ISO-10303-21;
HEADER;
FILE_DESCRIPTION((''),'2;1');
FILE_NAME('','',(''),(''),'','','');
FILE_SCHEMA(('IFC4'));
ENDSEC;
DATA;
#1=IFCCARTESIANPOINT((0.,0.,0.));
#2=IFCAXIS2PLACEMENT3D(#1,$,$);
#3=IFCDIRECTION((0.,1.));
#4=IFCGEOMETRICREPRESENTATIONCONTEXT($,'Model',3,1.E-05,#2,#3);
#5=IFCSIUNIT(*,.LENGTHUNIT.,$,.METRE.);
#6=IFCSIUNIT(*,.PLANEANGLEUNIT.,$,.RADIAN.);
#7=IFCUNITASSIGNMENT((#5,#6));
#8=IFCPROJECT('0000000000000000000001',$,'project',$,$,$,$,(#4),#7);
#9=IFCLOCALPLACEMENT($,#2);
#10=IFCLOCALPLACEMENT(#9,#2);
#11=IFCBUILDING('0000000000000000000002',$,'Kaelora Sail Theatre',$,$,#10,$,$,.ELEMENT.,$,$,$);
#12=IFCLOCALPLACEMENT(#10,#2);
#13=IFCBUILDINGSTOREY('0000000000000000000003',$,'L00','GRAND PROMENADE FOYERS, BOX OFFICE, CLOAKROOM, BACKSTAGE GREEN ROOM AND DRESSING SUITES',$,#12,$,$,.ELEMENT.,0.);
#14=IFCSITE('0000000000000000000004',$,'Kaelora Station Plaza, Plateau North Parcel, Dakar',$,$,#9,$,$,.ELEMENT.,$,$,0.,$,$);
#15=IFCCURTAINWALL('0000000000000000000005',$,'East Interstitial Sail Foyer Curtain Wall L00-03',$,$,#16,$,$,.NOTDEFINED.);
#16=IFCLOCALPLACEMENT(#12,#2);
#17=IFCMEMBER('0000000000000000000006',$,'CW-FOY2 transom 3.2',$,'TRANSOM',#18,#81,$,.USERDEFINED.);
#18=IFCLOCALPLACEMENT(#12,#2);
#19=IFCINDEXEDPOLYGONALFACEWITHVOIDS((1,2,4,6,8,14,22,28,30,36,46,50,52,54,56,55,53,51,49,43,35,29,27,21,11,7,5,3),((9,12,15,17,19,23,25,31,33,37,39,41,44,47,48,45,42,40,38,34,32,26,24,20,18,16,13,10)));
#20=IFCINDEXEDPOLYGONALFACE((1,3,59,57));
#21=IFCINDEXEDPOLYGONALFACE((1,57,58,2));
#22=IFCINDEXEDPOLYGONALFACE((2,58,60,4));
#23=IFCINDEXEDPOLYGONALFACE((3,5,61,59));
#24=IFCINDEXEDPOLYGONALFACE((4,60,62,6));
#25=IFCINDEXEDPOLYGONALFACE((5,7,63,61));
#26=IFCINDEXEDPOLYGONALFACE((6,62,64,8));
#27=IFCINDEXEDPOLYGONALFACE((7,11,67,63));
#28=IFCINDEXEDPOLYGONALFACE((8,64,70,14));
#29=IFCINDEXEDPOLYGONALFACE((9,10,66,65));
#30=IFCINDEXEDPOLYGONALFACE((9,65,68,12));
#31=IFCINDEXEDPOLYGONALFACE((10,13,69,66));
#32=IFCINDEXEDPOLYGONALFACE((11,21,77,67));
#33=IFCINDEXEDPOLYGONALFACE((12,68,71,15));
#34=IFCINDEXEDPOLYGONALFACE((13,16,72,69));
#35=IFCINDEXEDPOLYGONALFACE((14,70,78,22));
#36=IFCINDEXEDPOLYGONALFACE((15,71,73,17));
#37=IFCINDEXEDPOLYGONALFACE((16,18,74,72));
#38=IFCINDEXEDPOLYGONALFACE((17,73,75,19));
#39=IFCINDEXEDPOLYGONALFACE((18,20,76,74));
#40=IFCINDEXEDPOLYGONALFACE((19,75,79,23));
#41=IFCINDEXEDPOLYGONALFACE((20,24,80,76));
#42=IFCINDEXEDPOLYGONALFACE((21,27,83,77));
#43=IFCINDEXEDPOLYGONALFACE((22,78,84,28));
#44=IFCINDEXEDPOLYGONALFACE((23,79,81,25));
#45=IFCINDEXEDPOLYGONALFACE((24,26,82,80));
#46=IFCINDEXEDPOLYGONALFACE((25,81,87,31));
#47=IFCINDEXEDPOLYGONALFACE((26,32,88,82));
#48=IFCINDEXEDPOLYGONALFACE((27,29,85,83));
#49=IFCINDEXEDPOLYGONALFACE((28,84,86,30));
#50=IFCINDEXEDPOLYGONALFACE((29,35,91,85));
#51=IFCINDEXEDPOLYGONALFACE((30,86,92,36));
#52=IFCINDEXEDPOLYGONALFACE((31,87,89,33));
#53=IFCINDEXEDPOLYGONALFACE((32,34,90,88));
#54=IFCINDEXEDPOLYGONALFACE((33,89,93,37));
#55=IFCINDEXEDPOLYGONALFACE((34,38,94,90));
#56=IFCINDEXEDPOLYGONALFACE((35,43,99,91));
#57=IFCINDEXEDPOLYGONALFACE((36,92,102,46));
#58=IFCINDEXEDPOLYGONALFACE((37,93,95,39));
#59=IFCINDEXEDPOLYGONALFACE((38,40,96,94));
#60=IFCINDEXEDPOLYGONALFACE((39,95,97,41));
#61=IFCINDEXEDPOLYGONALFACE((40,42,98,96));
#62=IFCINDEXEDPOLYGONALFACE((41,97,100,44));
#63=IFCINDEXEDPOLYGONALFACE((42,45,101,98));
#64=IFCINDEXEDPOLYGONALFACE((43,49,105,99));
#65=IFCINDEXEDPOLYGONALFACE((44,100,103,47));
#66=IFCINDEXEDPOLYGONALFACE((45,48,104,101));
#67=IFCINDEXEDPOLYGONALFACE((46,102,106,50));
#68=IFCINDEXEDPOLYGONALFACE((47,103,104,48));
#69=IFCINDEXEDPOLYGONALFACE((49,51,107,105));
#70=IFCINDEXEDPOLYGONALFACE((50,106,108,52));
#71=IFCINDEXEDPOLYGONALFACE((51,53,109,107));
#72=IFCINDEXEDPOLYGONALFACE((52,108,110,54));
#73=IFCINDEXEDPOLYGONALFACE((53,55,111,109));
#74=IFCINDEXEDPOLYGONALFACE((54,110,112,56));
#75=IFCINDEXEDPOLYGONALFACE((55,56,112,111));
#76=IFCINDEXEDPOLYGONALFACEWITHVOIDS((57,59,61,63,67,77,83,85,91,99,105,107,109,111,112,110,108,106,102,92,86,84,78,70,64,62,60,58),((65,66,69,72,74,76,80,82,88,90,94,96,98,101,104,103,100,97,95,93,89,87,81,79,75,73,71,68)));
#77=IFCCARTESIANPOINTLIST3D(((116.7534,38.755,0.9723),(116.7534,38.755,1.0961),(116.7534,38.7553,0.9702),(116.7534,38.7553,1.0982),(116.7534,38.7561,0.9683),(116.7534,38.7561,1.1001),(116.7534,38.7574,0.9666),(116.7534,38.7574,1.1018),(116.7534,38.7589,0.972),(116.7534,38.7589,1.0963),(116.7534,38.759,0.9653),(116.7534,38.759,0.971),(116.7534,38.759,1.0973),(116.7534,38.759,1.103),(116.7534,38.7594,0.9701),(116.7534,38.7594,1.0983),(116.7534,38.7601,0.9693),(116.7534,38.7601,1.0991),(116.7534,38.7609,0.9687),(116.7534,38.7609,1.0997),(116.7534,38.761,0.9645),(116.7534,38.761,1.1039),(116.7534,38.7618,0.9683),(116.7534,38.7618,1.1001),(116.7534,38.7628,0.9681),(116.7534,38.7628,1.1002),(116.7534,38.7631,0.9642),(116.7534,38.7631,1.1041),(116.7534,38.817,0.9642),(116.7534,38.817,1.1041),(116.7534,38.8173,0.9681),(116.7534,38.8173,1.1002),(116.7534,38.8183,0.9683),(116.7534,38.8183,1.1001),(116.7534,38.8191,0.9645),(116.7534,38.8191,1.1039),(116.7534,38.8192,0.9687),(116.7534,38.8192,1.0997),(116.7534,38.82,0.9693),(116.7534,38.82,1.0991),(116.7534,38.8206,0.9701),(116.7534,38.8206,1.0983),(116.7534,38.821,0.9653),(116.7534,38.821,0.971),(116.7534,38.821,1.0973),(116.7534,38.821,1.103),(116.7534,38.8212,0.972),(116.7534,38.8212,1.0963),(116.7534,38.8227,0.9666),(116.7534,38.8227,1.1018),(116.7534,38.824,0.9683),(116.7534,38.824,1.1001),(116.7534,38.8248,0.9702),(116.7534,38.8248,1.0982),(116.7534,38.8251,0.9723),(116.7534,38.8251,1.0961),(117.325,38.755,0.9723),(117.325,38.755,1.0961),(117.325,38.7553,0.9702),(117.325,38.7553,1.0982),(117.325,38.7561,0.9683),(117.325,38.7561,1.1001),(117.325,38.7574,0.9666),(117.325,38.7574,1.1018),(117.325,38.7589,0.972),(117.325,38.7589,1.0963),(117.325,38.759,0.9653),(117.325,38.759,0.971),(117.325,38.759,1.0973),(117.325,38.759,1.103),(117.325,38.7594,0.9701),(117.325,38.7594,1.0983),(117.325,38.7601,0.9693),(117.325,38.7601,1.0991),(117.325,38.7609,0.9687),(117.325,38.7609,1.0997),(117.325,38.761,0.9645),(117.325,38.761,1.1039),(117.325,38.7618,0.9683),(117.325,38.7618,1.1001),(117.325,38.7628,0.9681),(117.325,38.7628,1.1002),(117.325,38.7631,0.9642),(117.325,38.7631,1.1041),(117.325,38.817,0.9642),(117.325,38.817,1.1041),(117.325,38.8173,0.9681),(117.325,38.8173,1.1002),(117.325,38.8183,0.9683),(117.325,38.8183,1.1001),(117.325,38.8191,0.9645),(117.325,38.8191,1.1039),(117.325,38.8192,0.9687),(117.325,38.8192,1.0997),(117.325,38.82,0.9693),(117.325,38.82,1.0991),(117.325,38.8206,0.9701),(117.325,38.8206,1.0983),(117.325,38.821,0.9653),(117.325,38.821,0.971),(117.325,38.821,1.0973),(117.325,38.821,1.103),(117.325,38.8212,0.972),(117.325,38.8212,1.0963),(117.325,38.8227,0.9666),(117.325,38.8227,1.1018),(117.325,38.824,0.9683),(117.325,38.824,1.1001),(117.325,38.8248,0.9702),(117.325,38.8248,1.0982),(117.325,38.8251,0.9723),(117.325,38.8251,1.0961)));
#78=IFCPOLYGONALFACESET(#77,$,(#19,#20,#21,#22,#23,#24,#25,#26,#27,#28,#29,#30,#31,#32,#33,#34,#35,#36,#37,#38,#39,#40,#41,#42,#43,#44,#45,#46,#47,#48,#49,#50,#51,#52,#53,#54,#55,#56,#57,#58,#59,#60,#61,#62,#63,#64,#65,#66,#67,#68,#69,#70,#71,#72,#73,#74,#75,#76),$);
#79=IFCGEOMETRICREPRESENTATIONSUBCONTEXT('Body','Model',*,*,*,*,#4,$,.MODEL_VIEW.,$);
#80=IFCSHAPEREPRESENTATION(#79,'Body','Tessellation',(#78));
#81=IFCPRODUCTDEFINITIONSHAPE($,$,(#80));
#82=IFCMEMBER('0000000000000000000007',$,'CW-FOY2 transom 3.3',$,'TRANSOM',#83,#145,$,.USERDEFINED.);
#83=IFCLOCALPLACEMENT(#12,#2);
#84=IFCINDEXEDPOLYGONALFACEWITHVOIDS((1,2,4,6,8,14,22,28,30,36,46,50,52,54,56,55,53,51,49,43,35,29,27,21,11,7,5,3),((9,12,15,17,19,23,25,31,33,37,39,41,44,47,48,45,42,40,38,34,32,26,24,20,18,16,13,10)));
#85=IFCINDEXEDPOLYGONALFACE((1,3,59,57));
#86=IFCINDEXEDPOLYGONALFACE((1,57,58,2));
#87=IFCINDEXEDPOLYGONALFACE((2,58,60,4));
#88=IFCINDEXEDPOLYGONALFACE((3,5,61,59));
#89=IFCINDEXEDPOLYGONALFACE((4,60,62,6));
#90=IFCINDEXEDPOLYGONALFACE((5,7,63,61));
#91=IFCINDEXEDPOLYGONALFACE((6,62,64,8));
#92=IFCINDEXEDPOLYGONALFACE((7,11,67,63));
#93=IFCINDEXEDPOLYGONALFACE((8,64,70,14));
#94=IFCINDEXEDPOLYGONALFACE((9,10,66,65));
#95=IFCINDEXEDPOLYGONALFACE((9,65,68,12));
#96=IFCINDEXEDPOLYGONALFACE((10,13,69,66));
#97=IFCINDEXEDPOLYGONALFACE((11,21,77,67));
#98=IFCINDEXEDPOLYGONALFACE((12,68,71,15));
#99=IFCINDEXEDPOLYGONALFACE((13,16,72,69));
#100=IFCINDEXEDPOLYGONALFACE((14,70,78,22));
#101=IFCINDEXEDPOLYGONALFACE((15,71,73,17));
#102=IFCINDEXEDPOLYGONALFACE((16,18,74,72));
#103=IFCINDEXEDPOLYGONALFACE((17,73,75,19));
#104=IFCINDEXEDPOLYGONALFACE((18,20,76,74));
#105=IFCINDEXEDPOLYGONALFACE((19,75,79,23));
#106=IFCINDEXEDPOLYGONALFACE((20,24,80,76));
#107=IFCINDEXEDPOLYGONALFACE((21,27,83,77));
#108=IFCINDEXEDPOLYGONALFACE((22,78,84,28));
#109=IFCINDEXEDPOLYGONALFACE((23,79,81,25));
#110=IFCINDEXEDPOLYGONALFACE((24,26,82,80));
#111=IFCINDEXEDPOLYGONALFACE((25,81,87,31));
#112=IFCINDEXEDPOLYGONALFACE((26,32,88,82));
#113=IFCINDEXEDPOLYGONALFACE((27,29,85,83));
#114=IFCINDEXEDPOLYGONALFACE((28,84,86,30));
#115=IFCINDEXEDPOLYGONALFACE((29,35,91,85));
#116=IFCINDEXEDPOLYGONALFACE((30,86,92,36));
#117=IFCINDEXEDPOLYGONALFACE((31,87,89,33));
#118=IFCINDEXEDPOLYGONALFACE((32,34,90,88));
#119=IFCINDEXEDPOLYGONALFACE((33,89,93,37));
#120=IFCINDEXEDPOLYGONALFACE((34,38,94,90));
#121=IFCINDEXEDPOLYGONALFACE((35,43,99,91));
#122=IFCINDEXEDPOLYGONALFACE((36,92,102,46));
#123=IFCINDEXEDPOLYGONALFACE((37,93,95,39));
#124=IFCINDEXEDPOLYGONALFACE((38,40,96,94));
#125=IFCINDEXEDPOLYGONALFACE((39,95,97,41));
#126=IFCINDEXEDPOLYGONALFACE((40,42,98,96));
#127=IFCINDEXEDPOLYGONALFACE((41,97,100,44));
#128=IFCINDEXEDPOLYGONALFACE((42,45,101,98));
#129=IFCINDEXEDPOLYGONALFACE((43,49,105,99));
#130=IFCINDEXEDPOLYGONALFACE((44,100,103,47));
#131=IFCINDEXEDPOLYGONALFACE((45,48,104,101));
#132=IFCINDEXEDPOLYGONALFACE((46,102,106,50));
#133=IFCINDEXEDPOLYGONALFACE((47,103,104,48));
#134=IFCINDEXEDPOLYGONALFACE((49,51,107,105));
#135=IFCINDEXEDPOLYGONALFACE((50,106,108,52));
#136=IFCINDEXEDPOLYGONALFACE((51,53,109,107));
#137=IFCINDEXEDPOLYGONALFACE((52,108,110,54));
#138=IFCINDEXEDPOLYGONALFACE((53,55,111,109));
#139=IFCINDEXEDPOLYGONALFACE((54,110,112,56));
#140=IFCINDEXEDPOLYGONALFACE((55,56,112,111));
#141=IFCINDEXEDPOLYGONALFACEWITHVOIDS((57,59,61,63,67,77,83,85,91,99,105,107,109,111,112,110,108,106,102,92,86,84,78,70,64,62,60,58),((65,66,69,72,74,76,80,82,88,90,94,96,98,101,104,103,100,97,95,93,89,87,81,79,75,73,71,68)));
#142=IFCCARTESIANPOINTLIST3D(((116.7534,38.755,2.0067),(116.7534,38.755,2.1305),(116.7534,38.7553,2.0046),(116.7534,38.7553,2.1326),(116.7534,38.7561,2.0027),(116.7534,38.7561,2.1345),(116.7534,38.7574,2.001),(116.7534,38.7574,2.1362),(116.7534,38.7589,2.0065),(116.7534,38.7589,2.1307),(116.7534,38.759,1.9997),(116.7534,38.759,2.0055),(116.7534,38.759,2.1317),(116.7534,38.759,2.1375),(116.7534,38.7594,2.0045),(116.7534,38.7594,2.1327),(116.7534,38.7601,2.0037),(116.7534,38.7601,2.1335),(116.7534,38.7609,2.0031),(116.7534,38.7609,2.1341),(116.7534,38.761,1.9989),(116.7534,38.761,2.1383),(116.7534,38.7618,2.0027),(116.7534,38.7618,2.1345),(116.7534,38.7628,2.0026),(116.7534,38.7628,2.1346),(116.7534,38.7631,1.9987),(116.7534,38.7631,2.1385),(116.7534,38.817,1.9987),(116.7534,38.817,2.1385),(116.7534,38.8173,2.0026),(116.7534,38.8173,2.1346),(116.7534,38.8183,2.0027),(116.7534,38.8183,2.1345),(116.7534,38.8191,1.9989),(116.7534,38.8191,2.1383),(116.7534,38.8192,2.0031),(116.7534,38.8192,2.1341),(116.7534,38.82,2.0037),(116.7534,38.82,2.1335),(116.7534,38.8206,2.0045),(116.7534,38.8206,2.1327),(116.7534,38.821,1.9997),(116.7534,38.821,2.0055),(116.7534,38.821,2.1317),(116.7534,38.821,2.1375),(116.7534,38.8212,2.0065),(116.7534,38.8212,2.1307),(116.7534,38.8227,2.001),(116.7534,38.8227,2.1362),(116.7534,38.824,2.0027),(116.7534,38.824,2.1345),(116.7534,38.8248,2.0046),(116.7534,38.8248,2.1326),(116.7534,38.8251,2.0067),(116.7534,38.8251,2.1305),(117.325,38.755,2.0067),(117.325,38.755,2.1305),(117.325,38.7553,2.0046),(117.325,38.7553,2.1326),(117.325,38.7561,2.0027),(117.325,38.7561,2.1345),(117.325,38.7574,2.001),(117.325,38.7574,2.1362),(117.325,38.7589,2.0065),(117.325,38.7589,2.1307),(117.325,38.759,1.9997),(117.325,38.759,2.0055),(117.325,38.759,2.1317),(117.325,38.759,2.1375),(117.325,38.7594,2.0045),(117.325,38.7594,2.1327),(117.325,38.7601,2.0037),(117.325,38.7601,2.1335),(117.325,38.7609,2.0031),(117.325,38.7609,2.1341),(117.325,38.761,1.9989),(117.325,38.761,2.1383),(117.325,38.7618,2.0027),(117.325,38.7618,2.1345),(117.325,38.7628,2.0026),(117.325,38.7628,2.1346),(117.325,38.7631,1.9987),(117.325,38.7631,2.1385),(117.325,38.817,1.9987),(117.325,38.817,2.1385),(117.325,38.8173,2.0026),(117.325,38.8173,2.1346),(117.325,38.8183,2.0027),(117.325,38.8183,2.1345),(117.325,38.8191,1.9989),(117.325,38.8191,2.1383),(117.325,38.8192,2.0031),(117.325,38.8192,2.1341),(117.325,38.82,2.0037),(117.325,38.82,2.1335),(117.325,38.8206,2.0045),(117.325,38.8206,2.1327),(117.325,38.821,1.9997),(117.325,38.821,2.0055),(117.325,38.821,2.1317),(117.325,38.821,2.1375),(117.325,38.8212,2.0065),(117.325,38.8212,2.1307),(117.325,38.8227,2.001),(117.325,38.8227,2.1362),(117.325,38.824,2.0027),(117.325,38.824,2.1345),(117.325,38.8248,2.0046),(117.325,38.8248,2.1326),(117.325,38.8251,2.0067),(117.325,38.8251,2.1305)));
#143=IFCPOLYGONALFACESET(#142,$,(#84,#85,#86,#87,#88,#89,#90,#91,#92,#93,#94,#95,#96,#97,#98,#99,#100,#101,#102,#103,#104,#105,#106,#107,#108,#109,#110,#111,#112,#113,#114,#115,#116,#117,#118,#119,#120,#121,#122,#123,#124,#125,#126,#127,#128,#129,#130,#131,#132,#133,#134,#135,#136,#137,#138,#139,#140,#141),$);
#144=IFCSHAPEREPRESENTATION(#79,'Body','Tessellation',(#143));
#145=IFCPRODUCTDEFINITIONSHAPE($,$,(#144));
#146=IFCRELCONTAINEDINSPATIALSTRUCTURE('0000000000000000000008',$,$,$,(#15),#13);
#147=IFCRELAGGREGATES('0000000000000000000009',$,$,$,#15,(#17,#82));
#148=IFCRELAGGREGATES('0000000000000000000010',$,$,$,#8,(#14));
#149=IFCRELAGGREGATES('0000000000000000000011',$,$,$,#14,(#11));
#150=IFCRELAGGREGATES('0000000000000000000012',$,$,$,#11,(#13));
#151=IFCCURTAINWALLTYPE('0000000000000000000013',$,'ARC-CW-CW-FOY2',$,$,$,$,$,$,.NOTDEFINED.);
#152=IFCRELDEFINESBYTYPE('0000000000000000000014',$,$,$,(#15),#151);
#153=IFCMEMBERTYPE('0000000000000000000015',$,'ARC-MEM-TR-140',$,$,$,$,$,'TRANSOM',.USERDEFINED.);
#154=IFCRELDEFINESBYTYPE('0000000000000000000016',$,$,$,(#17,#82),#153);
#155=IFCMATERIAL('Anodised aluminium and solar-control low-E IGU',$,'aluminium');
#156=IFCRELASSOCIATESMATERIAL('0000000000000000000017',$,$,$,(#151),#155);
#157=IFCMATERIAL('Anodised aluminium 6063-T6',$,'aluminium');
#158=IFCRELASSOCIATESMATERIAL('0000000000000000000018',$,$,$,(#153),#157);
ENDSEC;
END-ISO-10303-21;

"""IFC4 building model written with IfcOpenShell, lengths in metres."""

from ifc_helpers import new_model, si_unit, direction, frame, origin, origin_2d, place, context, subcontext, project, spatial, hollow_rectangle, extrude, material, material_profile, profile_set, type_object, element, aggregate, save


model = new_model("IFC4")

# Units and contexts
model_context = context("Model", 3, precision=1e-05, world=origin(), true_north=direction((0.0, 1.0)))
body_context = subcontext(model_context, "Body", "Model", "MODEL_VIEW")
ifc_project = project(units=[si_unit("LENGTHUNIT", "METRE"), si_unit("PLANEANGLEUNIT", "RADIAN")], contexts=[model_context])

# Site, building, storey
site_placement = place(None, origin())
site = spatial("IfcSite", under=ifc_project, at=site_placement, Name="Kaelora Station Plaza, Plateau North Parcel, Dakar", CompositionType="ELEMENT", RefElevation=0.0)
building_placement = place(site_placement, origin())
building = spatial("IfcBuilding", under=site, at=building_placement, Name="Kaelora Sail Theatre", CompositionType="ELEMENT")
storey_placement = place(building_placement, origin())
storey = spatial("IfcBuildingStorey", under=building, at=storey_placement, Name="L00", Description="GRAND PROMENADE FOYERS, BOX OFFICE, CLOAKROOM, BACKSTAGE GREEN ROOM AND DRESSING SUITES", CompositionType="ELEMENT", Elevation=0.0)

# Curtain wall, members
ifc_material_1 = material(Name="Anodised aluminium and solar-control low-E IGU", Category="aluminium")
curtain_wall_type = type_object("IfcCurtainWallType", Name="ARC-CW-CW-FOY2", PredefinedType="NOTDEFINED", material=ifc_material_1)
curtain_wall_placement = place(storey_placement, origin())
curtain_wall = element("IfcCurtainWall", 1, at=curtain_wall_placement, inside=storey, type_object=curtain_wall_type, Name="East Interstitial Sail Foyer Curtain Wall L00-03", PredefinedType="NOTDEFINED")
ifc_material_2 = material(Name="Anodised aluminium 6063-T6", Category="aluminium")
ifc_material_profile_1 = material_profile(ifc_material_2, hollow_rectangle(XDim=0.0701, YDim=0.1399, WallThickness=0.0039, InnerFilletRadius=0.0039, OuterFilletRadius=0.0081, at=origin_2d()), Name="ALU-TRAN 70x140x4")
ifc_profile_set_1 = profile_set([ifc_material_profile_1], Name="Anodised aluminium 6063-T6")
member_type_1 = type_object("IfcMemberType", Name="ARC-MEM-TR-140", ElementType="TRANSOM", PredefinedType="USERDEFINED", material=ifc_profile_set_1)
member_1_placement = place(storey_placement, frame((116.7534, 38.79, 1.0342), z_axis=(1.0, 0.0, 0.0), x_axis=(0.0, 1.0, 0.0)))
member_1 = element("IfcMember", 2, at=member_1_placement, type_object=member_type_1, Name="CW-FOY2 transom 3.2", ObjectType="TRANSOM", PredefinedType="USERDEFINED", context=body_context, shape_type="SweptSolid", body=[
    extrude(hollow_rectangle(XDim=0.0701, YDim=0.1399, WallThickness=0.0039, InnerFilletRadius=0.0039, OuterFilletRadius=0.0081, at=origin_2d()), origin(), (0.0, 0.0, 1.0), 0.5715),
])
member_2_placement = place(storey_placement, frame((116.7534, 38.79, 2.0686), z_axis=(1.0, 0.0, 0.0), x_axis=(0.0, 1.0, 0.0)))
member_2 = element("IfcMember", 3, at=member_2_placement, type_object=member_type_1, Name="CW-FOY2 transom 3.3", ObjectType="TRANSOM", PredefinedType="USERDEFINED", context=body_context, shape_type="SweptSolid", body=[
    extrude(hollow_rectangle(XDim=0.0701, YDim=0.1399, WallThickness=0.0039, InnerFilletRadius=0.0039, OuterFilletRadius=0.0081, at=origin_2d()), origin(), (0.0, 0.0, 1.0), 0.5715),
])

aggregate(curtain_wall, [member_1, member_2])

save(model, "model.ifc")
